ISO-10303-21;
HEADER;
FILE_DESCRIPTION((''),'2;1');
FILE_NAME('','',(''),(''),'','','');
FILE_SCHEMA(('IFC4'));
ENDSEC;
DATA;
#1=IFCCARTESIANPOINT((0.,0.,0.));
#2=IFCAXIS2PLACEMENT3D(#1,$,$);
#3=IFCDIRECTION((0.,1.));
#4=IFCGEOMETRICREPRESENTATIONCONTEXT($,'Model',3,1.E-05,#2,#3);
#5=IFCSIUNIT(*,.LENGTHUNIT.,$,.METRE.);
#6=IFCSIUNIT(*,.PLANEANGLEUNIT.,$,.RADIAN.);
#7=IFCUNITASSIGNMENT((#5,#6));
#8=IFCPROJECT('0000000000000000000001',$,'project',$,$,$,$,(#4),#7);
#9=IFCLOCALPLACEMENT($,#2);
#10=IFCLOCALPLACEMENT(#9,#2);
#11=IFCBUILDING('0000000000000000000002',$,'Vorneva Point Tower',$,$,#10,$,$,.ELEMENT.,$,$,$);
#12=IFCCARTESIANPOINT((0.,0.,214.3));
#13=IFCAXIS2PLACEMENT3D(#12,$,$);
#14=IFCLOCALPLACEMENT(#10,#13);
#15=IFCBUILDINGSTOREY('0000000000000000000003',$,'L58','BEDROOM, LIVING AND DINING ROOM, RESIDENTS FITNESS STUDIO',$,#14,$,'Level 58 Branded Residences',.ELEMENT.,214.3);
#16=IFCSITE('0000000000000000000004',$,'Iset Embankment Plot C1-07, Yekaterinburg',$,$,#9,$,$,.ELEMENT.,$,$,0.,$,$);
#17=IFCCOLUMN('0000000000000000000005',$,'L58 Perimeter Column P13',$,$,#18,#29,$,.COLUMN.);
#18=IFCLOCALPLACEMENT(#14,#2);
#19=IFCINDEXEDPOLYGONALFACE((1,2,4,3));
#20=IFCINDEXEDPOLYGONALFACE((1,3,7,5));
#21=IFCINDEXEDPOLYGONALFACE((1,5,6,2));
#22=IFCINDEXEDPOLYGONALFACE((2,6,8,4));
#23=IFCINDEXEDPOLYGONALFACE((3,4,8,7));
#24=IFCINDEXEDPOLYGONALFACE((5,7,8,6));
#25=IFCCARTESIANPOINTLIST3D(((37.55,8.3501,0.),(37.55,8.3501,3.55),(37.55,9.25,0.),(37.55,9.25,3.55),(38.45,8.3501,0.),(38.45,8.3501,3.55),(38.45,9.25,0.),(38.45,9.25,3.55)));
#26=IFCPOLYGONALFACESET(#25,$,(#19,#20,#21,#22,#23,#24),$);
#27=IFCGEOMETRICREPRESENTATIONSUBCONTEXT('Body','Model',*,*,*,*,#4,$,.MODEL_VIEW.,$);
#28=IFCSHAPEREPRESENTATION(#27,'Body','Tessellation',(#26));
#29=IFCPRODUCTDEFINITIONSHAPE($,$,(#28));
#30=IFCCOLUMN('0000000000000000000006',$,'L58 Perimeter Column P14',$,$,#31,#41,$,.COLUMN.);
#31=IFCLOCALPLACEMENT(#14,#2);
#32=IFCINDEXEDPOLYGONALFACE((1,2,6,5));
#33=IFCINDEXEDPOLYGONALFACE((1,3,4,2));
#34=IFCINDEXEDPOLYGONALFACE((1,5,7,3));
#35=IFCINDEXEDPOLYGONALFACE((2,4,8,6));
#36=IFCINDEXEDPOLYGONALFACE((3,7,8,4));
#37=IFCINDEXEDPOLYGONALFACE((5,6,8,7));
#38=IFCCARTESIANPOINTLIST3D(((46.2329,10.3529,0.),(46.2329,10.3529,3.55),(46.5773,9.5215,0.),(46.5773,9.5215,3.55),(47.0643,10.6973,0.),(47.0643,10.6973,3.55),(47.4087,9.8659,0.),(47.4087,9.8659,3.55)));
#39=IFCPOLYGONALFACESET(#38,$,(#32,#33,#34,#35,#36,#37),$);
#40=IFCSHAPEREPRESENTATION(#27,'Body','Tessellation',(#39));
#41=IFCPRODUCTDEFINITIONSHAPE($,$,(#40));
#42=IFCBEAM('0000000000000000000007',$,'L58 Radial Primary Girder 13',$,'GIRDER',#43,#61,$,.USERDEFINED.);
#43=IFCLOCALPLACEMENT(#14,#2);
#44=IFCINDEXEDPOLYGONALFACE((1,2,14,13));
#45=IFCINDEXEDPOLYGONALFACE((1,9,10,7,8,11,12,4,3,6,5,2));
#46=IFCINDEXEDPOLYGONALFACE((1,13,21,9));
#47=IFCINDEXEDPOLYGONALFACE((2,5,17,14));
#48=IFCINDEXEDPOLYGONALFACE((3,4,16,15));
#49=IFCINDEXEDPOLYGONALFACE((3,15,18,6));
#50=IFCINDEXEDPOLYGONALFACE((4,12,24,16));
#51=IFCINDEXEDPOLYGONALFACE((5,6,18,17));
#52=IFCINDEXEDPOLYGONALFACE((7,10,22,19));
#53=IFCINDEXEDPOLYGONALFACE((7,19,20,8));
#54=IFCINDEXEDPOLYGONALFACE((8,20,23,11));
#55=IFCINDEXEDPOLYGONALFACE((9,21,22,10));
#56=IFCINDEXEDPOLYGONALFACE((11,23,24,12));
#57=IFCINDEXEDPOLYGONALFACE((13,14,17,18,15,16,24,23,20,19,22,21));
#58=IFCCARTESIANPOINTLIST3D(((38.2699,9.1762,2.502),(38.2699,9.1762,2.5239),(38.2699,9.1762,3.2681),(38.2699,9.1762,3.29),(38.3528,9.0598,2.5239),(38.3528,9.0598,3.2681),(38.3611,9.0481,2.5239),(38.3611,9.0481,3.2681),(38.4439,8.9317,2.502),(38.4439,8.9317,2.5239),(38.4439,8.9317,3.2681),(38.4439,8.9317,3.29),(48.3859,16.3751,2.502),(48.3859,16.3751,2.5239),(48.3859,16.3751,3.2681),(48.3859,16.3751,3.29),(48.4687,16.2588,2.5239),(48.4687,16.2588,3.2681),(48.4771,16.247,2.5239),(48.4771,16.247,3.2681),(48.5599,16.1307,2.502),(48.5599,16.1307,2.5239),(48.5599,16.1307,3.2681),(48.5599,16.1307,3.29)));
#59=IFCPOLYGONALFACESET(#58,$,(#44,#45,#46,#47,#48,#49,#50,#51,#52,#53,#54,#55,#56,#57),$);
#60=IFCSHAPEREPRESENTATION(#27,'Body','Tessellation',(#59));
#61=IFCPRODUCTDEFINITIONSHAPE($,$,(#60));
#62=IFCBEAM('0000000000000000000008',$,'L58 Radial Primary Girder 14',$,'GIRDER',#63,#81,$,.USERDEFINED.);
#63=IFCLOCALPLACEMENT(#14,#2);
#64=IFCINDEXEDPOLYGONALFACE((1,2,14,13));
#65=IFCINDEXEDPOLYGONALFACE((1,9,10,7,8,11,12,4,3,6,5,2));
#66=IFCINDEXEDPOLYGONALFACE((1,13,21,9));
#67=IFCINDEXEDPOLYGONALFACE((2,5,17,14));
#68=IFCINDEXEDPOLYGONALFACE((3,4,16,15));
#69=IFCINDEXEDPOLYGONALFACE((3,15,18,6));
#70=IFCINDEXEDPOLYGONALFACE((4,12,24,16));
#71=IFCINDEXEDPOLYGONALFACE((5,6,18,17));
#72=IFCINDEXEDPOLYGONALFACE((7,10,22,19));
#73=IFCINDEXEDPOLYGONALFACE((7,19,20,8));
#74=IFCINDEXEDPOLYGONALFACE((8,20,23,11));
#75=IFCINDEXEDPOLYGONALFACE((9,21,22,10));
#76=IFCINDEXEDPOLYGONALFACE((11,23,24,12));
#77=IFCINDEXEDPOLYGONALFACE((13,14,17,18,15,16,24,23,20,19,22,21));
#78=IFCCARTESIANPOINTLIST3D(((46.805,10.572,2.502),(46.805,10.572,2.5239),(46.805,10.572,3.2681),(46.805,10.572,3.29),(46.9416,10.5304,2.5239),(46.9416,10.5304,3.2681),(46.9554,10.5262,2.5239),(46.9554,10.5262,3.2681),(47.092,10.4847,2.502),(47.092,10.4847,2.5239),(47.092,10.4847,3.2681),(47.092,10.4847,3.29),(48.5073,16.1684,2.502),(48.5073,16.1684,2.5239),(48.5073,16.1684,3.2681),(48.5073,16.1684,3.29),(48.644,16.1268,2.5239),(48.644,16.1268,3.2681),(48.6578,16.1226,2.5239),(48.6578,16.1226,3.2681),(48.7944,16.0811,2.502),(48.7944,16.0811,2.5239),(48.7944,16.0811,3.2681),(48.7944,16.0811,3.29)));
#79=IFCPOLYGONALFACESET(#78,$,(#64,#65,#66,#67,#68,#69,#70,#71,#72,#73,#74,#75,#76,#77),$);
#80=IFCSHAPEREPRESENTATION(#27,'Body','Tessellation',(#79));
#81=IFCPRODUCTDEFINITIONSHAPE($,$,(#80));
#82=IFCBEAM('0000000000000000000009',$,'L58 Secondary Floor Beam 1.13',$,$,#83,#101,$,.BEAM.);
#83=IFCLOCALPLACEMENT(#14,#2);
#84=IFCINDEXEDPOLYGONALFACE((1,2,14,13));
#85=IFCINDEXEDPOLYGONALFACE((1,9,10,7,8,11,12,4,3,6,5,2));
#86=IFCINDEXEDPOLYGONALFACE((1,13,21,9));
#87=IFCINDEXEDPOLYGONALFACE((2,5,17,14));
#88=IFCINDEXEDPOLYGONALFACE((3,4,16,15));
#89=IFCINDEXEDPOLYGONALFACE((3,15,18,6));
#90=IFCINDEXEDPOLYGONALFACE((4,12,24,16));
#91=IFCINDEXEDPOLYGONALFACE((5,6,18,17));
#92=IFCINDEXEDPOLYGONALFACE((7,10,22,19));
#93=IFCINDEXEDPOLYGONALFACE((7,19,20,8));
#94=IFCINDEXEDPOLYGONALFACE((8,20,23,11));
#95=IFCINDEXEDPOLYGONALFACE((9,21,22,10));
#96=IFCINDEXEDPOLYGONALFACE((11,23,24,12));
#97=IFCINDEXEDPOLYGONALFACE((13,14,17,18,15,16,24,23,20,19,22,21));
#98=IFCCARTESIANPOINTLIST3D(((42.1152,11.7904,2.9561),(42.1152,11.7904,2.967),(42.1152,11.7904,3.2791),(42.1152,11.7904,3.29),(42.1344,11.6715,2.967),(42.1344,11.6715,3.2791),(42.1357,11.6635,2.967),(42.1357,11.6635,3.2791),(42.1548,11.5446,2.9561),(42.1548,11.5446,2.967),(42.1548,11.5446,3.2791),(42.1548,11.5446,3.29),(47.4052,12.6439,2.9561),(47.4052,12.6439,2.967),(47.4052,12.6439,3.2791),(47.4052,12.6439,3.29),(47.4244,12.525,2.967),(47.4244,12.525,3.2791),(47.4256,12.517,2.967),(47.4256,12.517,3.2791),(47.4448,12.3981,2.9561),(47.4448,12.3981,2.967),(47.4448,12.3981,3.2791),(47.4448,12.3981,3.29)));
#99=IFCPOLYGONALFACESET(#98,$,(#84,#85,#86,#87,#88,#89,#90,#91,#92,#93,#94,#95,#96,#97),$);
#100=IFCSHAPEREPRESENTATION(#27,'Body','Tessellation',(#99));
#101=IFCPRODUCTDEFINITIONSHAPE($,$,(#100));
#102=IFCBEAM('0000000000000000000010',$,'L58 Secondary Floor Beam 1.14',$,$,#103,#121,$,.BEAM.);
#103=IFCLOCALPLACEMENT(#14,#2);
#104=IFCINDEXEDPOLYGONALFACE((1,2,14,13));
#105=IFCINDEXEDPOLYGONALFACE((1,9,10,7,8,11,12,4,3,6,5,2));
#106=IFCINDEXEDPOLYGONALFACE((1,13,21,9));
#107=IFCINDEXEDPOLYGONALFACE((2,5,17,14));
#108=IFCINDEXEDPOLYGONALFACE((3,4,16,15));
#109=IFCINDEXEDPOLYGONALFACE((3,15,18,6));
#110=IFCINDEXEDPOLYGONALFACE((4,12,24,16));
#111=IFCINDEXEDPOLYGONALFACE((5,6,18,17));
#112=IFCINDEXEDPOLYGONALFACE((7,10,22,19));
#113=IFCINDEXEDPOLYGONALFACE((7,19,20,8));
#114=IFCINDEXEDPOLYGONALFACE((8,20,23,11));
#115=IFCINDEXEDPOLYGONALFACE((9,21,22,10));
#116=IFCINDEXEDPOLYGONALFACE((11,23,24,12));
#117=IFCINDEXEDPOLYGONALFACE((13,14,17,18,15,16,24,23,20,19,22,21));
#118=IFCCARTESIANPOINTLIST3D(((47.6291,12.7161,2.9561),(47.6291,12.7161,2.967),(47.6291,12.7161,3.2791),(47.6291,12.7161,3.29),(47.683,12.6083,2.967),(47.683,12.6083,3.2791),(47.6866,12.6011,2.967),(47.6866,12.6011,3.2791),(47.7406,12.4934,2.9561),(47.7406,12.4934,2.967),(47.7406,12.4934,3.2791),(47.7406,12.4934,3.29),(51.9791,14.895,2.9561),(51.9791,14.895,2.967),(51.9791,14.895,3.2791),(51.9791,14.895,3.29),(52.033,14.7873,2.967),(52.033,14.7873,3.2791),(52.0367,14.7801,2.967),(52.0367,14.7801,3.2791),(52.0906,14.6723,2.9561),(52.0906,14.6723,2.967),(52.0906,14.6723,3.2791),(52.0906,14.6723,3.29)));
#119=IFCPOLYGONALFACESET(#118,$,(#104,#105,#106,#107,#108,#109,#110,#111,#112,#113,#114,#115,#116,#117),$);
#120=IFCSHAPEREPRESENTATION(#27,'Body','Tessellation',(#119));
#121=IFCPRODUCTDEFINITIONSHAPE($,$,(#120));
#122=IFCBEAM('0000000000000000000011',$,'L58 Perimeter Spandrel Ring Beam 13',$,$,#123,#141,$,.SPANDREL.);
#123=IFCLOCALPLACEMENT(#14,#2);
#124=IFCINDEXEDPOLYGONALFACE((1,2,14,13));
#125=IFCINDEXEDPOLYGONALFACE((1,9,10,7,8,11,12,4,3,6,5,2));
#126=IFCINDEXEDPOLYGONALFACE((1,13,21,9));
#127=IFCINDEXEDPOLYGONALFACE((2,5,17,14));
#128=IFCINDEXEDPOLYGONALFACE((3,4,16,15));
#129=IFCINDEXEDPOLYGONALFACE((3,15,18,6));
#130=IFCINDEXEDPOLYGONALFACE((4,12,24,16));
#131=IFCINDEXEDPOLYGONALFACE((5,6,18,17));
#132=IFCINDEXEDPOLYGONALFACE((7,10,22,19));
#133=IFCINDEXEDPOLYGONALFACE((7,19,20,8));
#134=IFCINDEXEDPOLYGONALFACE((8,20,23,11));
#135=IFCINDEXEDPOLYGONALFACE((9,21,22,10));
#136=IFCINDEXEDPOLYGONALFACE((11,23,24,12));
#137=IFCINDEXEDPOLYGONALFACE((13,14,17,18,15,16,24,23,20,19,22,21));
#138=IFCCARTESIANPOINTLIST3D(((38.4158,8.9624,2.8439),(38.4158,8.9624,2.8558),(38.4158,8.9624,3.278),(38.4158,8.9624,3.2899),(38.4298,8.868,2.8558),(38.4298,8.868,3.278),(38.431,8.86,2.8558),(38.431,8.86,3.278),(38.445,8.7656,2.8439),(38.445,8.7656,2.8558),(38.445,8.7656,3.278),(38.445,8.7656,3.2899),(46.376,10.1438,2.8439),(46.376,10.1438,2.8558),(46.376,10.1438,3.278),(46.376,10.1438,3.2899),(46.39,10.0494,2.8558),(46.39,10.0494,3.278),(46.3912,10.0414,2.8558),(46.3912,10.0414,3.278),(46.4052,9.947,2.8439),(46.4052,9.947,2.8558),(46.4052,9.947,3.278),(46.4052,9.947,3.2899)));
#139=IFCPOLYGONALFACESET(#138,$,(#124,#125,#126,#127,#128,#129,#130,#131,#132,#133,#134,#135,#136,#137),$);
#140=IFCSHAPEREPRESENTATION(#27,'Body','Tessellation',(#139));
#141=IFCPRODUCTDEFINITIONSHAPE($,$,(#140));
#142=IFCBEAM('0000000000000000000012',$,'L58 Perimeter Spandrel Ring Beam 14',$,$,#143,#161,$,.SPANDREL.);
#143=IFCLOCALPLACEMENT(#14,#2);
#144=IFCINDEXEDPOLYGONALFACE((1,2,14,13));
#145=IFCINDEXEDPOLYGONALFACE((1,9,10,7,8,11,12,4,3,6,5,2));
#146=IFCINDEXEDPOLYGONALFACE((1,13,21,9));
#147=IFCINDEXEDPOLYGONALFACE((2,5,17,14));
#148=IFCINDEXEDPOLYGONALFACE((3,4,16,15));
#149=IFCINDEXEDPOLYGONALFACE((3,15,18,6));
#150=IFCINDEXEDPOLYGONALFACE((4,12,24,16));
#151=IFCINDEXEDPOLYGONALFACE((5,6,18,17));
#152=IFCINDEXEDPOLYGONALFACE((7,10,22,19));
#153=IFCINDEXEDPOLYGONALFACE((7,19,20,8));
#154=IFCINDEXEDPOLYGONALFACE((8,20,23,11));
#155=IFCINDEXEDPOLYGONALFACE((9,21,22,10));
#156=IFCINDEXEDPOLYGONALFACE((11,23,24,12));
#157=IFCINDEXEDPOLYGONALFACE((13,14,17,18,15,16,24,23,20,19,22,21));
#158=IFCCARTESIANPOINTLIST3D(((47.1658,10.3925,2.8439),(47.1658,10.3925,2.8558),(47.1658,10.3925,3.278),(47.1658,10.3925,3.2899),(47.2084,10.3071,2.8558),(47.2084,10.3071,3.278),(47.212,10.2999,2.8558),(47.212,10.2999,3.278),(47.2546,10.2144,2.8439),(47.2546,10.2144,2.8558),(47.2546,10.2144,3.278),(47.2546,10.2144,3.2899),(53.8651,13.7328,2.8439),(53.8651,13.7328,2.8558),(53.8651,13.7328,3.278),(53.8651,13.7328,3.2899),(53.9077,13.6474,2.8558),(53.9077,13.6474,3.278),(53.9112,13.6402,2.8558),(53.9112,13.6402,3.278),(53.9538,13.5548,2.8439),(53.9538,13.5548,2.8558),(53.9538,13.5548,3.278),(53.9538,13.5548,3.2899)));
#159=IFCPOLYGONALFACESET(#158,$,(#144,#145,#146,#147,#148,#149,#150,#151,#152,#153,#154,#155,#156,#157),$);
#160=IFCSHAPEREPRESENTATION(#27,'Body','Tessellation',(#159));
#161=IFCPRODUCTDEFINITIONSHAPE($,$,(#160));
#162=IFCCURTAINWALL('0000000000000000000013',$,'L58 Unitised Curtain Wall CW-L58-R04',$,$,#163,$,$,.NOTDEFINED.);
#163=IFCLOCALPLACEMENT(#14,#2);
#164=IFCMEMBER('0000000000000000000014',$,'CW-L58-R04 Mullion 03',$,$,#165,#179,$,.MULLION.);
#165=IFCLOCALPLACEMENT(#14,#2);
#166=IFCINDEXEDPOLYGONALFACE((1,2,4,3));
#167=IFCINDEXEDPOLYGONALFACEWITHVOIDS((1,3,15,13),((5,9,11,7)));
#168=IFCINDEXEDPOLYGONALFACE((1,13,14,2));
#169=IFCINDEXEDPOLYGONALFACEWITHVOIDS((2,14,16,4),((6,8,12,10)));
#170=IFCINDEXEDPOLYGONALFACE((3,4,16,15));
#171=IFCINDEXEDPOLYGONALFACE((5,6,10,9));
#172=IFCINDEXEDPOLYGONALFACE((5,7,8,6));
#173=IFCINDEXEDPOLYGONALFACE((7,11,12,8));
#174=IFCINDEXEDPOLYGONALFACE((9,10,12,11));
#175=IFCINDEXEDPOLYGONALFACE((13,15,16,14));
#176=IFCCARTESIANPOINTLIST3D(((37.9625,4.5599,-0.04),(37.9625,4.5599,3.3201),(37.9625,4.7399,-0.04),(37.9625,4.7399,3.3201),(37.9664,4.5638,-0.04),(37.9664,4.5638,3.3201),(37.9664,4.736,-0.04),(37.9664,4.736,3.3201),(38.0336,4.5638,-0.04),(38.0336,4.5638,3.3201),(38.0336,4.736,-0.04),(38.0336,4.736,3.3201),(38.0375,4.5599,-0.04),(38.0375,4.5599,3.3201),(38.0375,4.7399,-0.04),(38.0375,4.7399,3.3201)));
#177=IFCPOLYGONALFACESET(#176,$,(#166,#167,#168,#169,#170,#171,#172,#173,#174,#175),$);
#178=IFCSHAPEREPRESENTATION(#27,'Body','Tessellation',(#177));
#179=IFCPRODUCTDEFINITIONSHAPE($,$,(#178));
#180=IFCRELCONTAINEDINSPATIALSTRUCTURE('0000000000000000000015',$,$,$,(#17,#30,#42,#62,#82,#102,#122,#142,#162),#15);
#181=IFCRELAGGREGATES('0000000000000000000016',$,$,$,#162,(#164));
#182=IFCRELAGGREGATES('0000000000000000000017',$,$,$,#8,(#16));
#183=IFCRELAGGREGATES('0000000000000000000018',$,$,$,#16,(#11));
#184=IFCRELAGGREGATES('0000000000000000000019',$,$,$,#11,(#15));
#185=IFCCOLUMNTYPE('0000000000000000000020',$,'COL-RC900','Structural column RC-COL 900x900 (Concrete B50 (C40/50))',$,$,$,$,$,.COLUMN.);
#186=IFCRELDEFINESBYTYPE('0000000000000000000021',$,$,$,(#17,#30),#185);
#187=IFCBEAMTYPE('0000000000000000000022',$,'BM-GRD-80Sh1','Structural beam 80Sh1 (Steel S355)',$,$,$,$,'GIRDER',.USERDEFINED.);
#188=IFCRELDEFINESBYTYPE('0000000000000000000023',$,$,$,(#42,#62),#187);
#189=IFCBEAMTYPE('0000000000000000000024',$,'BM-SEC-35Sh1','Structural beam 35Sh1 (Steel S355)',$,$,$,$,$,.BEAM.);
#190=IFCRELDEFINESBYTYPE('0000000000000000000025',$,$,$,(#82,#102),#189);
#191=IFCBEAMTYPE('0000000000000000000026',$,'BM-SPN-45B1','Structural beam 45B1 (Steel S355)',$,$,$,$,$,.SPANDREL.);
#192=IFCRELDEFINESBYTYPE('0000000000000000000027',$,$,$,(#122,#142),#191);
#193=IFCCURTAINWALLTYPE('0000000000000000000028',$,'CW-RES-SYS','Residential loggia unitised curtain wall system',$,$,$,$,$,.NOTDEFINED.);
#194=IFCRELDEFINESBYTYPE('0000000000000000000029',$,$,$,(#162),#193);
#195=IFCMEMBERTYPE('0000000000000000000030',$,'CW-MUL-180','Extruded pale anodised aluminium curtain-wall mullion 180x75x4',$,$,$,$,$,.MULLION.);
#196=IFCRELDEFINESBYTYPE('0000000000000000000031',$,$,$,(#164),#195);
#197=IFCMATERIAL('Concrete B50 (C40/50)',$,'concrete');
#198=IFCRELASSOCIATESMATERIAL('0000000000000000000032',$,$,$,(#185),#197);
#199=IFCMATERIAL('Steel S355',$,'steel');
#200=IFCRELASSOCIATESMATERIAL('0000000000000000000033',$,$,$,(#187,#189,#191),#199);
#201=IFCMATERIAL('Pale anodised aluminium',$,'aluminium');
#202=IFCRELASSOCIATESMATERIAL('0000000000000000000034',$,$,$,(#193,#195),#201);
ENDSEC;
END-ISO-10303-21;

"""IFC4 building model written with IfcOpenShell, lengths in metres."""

from ifc_helpers import new_model, si_unit, direction, frame, origin, origin_2d, place, context, subcontext, project, spatial, rectangle, hollow_rectangle, i_section, extrude, material, material_profile, profile_set, type_object, element, aggregate, save


model = new_model("IFC4")

# Units and contexts
model_context = context("Model", 3, precision=1e-05, world=origin(), true_north=direction((0.0, 1.0)))
body_context = subcontext(model_context, "Body", "Model", "MODEL_VIEW")
ifc_project = project(units=[si_unit("LENGTHUNIT", "METRE"), si_unit("PLANEANGLEUNIT", "RADIAN")], contexts=[model_context])

# Site, building, storey
site_placement = place(None, origin())
site = spatial("IfcSite", under=ifc_project, at=site_placement, Name="Iset Embankment Plot C1-07, Yekaterinburg", CompositionType="ELEMENT", RefElevation=0.0)
building_placement = place(site_placement, origin())
building = spatial("IfcBuilding", under=site, at=building_placement, Name="Vorneva Point Tower", CompositionType="ELEMENT")
storey_placement = place(building_placement, frame((0.0, 0.0, 214.3)))
storey = spatial("IfcBuildingStorey", under=building, at=storey_placement, Name="L58", Description="BEDROOM, LIVING AND DINING ROOM, RESIDENTS FITNESS STUDIO", LongName="Level 58 Branded Residences", CompositionType="ELEMENT", Elevation=214.3)

# Columns
ifc_material_1 = material(Name="Concrete B50 (C40/50)", Category="concrete")
ifc_material_profile_1 = material_profile(ifc_material_1, rectangle(XDim=0.8999, YDim=0.8999, at=origin_2d()), Name="RC-COL 900x900")
ifc_profile_set_1 = profile_set([ifc_material_profile_1], Name="Concrete B50 (C40/50)")
column_type = type_object("IfcColumnType", Name="COL-RC900", Description="Structural column RC-COL 900x900 (Concrete B50 (C40/50))", PredefinedType="COLUMN", material=ifc_profile_set_1)
for number, where, z_axis, x_axis, name in (
    (1, (38.0, 8.8, 0.0), (0.0, 0.0, 1.0), (0.0, -1.0, 0.0), "L58 Perimeter Column P13"),
    (2, (46.8208, 10.1094, 0.0), (0.0, 0.0, 1.0), (0.382683, -0.92388, 0.0), "L58 Perimeter Column P14"),
):
    element("IfcColumn", number, at=place(storey_placement, frame(where, z_axis=z_axis, x_axis=x_axis)), inside=storey, type_object=column_type, Name=name, PredefinedType="COLUMN", context=body_context, shape_type="SweptSolid", body=[
        extrude(rectangle(XDim=0.8999, YDim=0.8999, at=origin_2d()), origin(), (0.0, 0.0, 1.0), 3.55),
    ])

# Beams
ifc_material_2 = material(Name="Steel S355", Category="steel")
ifc_material_profile_2 = material_profile(ifc_material_2, i_section(OverallWidth=0.3, OverallDepth=0.7881, WebThickness=0.0144, FlangeThickness=0.022, at=origin_2d()), Name="80Sh1")
ifc_profile_set_2 = profile_set([ifc_material_profile_2], Name="Steel S355")
beam_type_1 = type_object("IfcBeamType", Name="BM-GRD-80Sh1", Description="Structural beam 80Sh1 (Steel S355)", ElementType="GIRDER", PredefinedType="USERDEFINED", material=ifc_profile_set_2)
beam_1_placement = place(storey_placement, frame((38.3569, 9.054, 2.896), z_axis=(0.81475, 0.579813, 0.0), x_axis=(-0.579813, 0.81475, 0.0)))
element("IfcBeam", 3, at=beam_1_placement, inside=storey, type_object=beam_type_1, Name="L58 Radial Primary Girder 13", ObjectType="GIRDER", PredefinedType="USERDEFINED", context=body_context, shape_type="SweptSolid", body=[
    extrude(i_section(OverallWidth=0.3, OverallDepth=0.7881, WebThickness=0.0144, FlangeThickness=0.022, at=origin_2d()), origin(), (0.0, 0.0, 1.0), 12.416),
])
beam_2_placement = place(storey_placement, frame((46.9485, 10.5283, 2.896), z_axis=(0.291025, 0.956715, 0.0), x_axis=(-0.956715, 0.291025, 0.0)))
element("IfcBeam", 4, at=beam_2_placement, inside=storey, type_object=beam_type_1, Name="L58 Radial Primary Girder 14", ObjectType="GIRDER", PredefinedType="USERDEFINED", context=body_context, shape_type="SweptSolid", body=[
    extrude(i_section(OverallWidth=0.3, OverallDepth=0.7881, WebThickness=0.0144, FlangeThickness=0.022, at=origin_2d()), origin(), (0.0, 0.0, 1.0), 5.8496),
])
ifc_material_profile_3 = material_profile(ifc_material_2, i_section(OverallWidth=0.249, OverallDepth=0.334, WebThickness=0.0081, FlangeThickness=0.011, at=origin_2d()), Name="35Sh1")
ifc_profile_set_3 = profile_set([ifc_material_profile_3], Name="Steel S355")
beam_type_2 = type_object("IfcBeamType", Name="BM-SEC-35Sh1", Description="Structural beam 35Sh1 (Steel S355)", PredefinedType="BEAM", material=ifc_profile_set_3)
beam_3_placement = place(storey_placement, frame((42.135, 11.6675, 3.123), z_axis=(0.987233, 0.159284, 0.0), x_axis=(-0.159284, 0.987233, 0.0)))
element("IfcBeam", 5, at=beam_3_placement, inside=storey, type_object=beam_type_2, Name="L58 Secondary Floor Beam 1.13", PredefinedType="BEAM", context=body_context, shape_type="SweptSolid", body=[
    extrude(i_section(OverallWidth=0.249, OverallDepth=0.334, WebThickness=0.0081, FlangeThickness=0.011, at=origin_2d()), origin(), (0.0, 0.0, 1.0), 5.3584),
])
beam_4_placement = place(storey_placement, frame((47.6848, 12.6047, 3.123), z_axis=(0.894106, 0.447856, 0.0), x_axis=(-0.447856, 0.894106, 0.0)))
element("IfcBeam", 6, at=beam_4_placement, inside=storey, type_object=beam_type_2, Name="L58 Secondary Floor Beam 1.14", PredefinedType="BEAM", context=body_context, shape_type="SweptSolid", body=[
    extrude(i_section(OverallWidth=0.249, OverallDepth=0.334, WebThickness=0.0081, FlangeThickness=0.011, at=origin_2d()), origin(), (0.0, 0.0, 1.0), 4.8652),
])
ifc_material_profile_4 = material_profile(ifc_material_2, i_section(OverallWidth=0.199, OverallDepth=0.446, WebThickness=0.0081, FlangeThickness=0.012, at=origin_2d()), Name="45B1")
ifc_profile_set_4 = profile_set([ifc_material_profile_4], Name="Steel S355")
beam_type_3 = type_object("IfcBeamType", Name="BM-SPN-45B1", Description="Structural beam 45B1 (Steel S355)", PredefinedType="SPANDREL", material=ifc_profile_set_4)
beam_5_placement = place(storey_placement, frame((38.4304, 8.864, 3.0669), z_axis=(0.989165, 0.146805, 0.0), x_axis=(-0.146805, 0.989165, 0.0)))
element("IfcBeam", 7, at=beam_5_placement, inside=storey, type_object=beam_type_3, Name="L58 Perimeter Spandrel Ring Beam 13", PredefinedType="SPANDREL", context=body_context, shape_type="SweptSolid", body=[
    extrude(i_section(OverallWidth=0.199, OverallDepth=0.446, WebThickness=0.0081, FlangeThickness=0.012, at=origin_2d()), origin(), (0.0, 0.0, 1.0), 8.0474),
])
beam_6_placement = place(storey_placement, frame((47.2102, 10.3035, 3.0669), z_axis=(0.894922, 0.446222, 0.0), x_axis=(-0.446222, 0.894922, 0.0)))
element("IfcBeam", 8, at=beam_6_placement, inside=storey, type_object=beam_type_3, Name="L58 Perimeter Spandrel Ring Beam 14", PredefinedType="SPANDREL", context=body_context, shape_type="SweptSolid", body=[
    extrude(i_section(OverallWidth=0.199, OverallDepth=0.446, WebThickness=0.0081, FlangeThickness=0.012, at=origin_2d()), origin(), (0.0, 0.0, 1.0), 7.4858),
])

# Curtain wall, member
ifc_material_3 = material(Name="Pale anodised aluminium", Category="aluminium")
curtain_wall_type = type_object("IfcCurtainWallType", Name="CW-RES-SYS", Description="Residential loggia unitised curtain wall system", PredefinedType="NOTDEFINED", material=ifc_material_3)
curtain_wall_placement = place(storey_placement, origin())
curtain_wall = element("IfcCurtainWall", 9, at=curtain_wall_placement, inside=storey, type_object=curtain_wall_type, Name="L58 Unitised Curtain Wall CW-L58-R04", PredefinedType="NOTDEFINED")
ifc_material_profile_5 = material_profile(ifc_material_3, hollow_rectangle(XDim=0.075, YDim=0.1799, WallThickness=0.0039, at=origin_2d()), Name="AL-MUL 180x75x4")
ifc_profile_set_5 = profile_set([ifc_material_profile_5], Name="Pale anodised aluminium")
member_type_1 = type_object("IfcMemberType", Name="CW-MUL-180", Description="Extruded pale anodised aluminium curtain-wall mullion 180x75x4", PredefinedType="MULLION", material=ifc_profile_set_5)
member_1_placement = place(storey_placement, frame((38.0, 4.6499, -0.04), z_axis=(0.0, 0.0, 1.0), x_axis=(1.0, 0.0, 0.0)))
member_1 = element("IfcMember", 10, at=member_1_placement, type_object=member_type_1, Name="CW-L58-R04 Mullion 03", PredefinedType="MULLION", context=body_context, shape_type="SweptSolid", body=[
    extrude(hollow_rectangle(XDim=0.075, YDim=0.1799, WallThickness=0.0039, at=origin_2d()), origin(), (0.0, 0.0, 1.0), 3.3601),
])
aggregate(curtain_wall, [member_1])

save(model, "model.ifc")
